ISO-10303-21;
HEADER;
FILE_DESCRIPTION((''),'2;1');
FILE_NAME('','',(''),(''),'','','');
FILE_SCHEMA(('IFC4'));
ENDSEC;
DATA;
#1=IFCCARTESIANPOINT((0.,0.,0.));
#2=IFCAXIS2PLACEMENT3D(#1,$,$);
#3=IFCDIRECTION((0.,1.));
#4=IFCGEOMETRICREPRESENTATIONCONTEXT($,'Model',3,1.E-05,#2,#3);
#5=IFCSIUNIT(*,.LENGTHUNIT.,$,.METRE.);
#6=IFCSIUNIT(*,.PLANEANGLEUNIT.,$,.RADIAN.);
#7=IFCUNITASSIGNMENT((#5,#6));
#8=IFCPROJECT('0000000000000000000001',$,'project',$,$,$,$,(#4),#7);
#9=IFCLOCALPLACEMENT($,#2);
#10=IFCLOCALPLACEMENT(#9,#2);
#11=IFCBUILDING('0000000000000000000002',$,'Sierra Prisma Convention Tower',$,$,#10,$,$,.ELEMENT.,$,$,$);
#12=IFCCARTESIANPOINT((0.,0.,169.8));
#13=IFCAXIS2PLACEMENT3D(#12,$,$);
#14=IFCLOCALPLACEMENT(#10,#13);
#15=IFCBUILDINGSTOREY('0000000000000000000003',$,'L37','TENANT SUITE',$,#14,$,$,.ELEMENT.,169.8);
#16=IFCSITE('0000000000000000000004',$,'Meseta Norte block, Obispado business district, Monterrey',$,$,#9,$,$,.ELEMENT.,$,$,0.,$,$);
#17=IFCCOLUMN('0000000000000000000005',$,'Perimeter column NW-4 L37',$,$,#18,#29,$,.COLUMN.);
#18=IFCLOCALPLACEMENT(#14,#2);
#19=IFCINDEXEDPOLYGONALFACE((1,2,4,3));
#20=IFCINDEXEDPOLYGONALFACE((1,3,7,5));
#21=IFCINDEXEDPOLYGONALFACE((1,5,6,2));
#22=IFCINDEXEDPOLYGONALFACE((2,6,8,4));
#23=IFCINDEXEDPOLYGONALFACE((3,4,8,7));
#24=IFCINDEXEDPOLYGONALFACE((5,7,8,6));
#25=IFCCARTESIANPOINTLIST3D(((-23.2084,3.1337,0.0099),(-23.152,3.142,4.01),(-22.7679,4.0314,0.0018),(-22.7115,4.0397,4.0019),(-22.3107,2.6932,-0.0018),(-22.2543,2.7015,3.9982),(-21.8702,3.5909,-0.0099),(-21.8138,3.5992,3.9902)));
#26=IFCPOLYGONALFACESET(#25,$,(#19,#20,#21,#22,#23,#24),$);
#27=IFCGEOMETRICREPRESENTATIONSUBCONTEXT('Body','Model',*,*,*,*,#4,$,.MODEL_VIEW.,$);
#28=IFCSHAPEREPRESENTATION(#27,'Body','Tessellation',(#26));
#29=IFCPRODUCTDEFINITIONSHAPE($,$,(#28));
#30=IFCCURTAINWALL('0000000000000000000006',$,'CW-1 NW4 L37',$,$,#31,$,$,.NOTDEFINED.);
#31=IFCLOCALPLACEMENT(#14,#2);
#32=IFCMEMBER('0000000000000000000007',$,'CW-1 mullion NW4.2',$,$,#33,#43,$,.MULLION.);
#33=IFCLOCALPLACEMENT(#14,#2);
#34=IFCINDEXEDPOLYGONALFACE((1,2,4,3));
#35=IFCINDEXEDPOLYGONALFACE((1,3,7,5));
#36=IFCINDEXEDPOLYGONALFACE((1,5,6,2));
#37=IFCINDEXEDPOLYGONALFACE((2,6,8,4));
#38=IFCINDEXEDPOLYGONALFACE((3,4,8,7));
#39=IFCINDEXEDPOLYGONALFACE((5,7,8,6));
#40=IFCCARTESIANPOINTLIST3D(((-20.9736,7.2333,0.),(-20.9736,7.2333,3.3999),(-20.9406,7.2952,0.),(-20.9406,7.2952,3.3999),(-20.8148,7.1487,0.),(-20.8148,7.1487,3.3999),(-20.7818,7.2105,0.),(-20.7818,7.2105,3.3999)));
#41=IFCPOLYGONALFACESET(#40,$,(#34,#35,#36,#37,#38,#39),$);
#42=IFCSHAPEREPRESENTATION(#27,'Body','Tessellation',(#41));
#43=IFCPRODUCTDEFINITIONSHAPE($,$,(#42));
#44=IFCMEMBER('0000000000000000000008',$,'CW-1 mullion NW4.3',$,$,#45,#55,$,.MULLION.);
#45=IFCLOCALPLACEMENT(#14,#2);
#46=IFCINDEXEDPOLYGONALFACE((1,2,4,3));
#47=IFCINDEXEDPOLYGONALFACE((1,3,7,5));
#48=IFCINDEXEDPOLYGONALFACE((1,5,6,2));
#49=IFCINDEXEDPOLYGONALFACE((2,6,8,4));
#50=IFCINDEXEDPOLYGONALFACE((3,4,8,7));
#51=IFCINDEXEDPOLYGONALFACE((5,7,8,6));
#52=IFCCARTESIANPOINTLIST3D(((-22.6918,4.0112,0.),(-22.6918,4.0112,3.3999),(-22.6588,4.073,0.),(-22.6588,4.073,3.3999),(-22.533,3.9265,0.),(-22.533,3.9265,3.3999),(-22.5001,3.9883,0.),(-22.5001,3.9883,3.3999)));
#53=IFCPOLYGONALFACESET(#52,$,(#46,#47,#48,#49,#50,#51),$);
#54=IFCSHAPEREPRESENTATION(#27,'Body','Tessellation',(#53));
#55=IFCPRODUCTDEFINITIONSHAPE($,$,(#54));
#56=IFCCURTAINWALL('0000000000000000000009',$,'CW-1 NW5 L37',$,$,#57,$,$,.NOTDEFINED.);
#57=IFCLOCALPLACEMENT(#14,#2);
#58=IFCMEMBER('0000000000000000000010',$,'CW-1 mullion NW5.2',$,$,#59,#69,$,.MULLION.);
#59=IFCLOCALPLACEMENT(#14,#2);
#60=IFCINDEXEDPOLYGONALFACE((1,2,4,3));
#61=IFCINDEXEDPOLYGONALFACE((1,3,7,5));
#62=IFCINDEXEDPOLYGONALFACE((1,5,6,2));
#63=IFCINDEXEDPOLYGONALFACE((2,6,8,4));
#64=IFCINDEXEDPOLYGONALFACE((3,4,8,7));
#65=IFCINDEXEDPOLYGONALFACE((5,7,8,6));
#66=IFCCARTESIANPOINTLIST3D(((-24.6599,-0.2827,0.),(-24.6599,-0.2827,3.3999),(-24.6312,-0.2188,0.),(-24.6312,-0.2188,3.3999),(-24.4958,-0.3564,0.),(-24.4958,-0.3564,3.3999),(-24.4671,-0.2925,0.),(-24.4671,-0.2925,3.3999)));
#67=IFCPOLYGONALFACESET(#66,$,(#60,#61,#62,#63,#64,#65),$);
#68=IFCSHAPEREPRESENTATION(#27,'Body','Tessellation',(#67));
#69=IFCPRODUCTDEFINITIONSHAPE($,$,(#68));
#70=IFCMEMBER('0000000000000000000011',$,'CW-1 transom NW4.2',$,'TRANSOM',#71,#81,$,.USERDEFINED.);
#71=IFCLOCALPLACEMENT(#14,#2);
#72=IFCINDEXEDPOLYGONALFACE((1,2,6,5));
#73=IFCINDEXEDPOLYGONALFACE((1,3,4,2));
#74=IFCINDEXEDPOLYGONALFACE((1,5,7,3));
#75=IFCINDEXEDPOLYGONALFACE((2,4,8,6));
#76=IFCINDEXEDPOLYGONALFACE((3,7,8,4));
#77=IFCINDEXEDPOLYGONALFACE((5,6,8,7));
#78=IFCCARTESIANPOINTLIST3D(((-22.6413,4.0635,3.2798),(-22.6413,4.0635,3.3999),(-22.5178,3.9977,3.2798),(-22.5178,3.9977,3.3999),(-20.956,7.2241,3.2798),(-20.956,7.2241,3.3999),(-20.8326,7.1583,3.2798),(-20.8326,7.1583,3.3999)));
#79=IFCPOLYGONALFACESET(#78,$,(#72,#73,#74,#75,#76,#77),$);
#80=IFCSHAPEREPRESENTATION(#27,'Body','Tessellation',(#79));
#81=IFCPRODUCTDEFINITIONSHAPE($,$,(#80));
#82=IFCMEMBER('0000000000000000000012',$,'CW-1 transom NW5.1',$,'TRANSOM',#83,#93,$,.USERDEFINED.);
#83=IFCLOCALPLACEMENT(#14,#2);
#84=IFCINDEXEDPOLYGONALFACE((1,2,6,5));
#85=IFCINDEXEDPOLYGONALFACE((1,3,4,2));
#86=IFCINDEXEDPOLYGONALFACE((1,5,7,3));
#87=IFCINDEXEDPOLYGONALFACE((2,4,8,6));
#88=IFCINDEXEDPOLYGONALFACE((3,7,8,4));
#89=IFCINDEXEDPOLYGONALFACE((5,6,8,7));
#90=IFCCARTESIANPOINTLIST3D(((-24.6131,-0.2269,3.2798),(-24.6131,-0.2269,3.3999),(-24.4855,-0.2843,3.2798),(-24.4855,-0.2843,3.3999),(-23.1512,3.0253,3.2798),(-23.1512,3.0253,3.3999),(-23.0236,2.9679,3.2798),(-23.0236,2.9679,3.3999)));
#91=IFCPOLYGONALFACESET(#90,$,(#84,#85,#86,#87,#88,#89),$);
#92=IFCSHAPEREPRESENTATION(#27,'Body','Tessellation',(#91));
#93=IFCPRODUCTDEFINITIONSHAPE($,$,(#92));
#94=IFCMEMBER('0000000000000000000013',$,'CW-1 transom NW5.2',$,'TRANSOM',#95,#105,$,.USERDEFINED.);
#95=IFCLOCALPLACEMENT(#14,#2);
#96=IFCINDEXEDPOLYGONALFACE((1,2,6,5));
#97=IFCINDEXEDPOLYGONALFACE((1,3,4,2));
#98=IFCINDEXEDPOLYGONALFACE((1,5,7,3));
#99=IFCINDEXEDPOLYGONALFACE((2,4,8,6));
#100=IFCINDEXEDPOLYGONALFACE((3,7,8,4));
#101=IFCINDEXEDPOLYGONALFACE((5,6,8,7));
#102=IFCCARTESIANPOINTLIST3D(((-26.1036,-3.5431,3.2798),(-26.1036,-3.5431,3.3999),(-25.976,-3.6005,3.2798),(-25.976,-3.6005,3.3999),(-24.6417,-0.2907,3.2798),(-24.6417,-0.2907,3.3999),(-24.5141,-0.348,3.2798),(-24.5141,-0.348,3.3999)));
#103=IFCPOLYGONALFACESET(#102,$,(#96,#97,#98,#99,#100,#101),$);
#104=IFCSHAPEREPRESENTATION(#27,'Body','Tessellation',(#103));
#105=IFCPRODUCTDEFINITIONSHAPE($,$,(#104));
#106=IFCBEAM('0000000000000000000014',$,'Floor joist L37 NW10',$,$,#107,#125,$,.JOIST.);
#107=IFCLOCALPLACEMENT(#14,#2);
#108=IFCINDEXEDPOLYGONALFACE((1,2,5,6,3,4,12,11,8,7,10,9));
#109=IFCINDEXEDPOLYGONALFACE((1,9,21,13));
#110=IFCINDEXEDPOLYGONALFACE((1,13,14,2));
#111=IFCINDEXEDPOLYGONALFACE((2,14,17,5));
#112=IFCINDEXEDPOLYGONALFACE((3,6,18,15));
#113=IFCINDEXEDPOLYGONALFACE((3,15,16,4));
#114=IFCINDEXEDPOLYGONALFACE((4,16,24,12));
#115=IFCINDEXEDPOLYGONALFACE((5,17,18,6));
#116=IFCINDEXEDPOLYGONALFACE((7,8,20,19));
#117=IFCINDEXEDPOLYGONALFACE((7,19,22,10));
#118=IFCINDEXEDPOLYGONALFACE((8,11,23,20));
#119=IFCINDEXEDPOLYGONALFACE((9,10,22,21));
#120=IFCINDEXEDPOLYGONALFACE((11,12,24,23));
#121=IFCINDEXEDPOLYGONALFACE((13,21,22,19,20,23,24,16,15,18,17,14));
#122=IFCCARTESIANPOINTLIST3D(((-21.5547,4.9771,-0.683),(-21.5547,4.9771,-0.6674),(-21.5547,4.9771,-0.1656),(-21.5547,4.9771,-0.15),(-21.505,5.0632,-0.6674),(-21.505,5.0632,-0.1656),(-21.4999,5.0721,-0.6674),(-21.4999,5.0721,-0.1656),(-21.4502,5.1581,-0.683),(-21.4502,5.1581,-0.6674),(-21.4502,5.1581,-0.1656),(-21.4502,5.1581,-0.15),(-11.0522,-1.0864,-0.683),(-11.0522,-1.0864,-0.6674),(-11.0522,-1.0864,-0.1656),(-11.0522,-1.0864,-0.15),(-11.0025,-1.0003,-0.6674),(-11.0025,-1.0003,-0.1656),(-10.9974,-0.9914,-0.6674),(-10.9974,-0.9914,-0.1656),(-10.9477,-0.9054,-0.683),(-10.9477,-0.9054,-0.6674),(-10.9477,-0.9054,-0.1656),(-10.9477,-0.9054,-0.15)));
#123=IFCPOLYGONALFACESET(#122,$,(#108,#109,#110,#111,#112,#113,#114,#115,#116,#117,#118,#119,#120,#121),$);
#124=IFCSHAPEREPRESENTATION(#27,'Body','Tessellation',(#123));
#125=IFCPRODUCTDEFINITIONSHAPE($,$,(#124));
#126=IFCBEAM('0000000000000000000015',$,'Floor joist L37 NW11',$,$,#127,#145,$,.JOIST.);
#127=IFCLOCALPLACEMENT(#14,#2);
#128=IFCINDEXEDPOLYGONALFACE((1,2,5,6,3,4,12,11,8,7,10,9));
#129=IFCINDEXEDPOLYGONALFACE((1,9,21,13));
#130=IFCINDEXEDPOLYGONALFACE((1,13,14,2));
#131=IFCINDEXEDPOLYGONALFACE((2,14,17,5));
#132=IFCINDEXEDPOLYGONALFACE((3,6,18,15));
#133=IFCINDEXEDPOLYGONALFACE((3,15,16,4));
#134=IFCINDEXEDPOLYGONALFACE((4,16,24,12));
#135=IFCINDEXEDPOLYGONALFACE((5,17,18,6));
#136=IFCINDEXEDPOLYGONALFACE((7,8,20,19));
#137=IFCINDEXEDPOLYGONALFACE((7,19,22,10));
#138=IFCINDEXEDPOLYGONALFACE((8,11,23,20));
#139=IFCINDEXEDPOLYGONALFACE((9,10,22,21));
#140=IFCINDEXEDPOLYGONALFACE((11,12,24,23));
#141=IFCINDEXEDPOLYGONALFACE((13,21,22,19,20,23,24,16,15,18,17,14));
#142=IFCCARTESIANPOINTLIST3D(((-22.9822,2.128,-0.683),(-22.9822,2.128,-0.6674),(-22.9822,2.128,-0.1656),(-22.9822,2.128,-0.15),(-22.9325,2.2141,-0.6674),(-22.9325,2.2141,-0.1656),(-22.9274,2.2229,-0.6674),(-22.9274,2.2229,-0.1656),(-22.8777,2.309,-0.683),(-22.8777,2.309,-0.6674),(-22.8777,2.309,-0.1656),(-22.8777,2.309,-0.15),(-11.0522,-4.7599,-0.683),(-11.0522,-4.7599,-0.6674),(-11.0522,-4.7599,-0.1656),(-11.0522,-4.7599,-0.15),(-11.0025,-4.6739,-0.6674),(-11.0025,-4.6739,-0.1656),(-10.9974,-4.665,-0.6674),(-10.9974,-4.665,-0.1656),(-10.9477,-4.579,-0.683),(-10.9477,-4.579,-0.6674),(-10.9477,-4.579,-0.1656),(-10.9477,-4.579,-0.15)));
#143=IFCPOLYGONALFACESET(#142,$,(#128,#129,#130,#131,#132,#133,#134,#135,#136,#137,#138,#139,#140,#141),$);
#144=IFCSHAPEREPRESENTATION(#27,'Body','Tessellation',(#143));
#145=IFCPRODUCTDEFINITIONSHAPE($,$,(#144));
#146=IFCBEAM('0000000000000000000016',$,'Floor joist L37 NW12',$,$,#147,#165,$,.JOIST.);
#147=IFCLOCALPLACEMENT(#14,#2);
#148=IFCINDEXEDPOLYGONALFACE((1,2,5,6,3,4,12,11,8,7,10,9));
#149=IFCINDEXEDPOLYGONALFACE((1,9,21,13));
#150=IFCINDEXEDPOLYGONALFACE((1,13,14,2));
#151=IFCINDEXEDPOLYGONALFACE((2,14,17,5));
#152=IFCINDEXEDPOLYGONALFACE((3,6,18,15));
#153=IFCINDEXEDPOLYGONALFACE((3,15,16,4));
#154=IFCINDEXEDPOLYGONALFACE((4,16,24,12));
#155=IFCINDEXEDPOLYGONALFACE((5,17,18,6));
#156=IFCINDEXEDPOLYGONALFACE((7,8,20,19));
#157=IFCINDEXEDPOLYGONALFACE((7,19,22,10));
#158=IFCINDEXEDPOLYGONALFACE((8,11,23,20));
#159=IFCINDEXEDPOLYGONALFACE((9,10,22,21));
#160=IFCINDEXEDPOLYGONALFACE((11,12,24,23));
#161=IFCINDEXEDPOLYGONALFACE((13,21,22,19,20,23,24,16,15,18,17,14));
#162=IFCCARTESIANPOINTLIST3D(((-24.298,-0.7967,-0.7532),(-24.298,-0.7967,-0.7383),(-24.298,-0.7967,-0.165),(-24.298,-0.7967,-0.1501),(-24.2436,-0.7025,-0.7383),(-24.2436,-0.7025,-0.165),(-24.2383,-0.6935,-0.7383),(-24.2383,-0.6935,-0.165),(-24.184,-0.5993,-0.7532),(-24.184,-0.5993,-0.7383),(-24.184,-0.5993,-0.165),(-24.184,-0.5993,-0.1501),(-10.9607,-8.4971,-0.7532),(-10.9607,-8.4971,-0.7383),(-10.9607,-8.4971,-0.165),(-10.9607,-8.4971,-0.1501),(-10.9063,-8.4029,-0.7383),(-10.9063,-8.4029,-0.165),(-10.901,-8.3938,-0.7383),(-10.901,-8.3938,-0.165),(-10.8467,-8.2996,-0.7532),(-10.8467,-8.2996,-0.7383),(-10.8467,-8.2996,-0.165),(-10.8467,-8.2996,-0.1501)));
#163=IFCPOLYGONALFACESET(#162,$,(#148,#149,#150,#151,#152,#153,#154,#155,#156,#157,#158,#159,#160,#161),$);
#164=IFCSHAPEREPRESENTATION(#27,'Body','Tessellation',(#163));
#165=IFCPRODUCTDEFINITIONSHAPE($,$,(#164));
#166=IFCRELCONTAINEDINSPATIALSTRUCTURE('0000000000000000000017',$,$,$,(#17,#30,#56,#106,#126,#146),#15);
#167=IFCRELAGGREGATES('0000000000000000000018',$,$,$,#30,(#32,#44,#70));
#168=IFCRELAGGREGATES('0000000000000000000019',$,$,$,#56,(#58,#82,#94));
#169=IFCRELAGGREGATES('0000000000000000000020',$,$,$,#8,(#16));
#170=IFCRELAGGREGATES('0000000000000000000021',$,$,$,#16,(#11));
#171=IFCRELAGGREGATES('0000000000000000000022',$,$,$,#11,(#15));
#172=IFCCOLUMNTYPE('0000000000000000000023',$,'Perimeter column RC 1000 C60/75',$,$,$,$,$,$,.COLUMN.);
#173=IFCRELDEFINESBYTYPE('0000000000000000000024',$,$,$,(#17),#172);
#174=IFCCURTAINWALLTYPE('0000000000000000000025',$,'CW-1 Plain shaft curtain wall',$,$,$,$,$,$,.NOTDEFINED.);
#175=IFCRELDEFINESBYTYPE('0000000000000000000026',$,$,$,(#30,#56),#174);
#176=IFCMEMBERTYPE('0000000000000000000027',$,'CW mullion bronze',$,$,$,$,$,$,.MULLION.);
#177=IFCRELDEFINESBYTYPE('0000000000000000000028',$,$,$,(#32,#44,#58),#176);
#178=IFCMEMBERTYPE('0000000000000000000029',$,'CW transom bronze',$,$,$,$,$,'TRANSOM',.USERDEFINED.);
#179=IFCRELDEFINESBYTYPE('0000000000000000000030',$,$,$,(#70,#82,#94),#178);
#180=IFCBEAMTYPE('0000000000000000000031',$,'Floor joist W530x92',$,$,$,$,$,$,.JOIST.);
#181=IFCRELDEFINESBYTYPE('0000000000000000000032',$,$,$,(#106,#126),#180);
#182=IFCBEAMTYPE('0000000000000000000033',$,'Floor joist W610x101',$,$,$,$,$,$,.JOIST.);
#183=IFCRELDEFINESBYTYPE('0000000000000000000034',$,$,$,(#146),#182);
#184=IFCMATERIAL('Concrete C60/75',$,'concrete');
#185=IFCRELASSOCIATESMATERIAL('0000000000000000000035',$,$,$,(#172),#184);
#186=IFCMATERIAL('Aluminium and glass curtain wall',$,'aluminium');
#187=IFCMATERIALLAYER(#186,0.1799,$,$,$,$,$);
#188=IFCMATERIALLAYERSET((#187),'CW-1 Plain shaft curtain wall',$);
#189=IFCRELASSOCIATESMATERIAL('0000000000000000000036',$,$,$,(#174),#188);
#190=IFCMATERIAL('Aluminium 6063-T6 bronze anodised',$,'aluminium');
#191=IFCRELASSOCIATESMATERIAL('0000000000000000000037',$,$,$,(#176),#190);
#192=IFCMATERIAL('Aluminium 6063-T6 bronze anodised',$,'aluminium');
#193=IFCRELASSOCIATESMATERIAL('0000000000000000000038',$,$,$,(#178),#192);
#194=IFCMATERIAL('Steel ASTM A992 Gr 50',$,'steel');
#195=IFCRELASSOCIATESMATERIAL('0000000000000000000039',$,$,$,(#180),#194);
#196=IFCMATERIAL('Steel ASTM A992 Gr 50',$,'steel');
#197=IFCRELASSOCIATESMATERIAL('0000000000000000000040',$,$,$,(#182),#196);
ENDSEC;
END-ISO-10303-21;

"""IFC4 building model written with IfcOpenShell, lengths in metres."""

from ifc_helpers import new_model, si_unit, direction, frame, origin, origin_2d, place, context, subcontext, project, spatial, rectangle, i_section, extrude, material, layer, layer_set, material_profile, profile_set, type_object, element, aggregate, save


model = new_model("IFC4")

# Units and contexts
model_context = context("Model", 3, precision=1e-05, world=origin(), true_north=direction((0.0, 1.0)))
body_context = subcontext(model_context, "Body", "Model", "MODEL_VIEW")
ifc_project = project(units=[si_unit("LENGTHUNIT", "METRE"), si_unit("PLANEANGLEUNIT", "RADIAN")], contexts=[model_context])

# Site, building, storey
site_placement = place(None, origin())
site = spatial("IfcSite", under=ifc_project, at=site_placement, Name="Meseta Norte block, Obispado business district, Monterrey", CompositionType="ELEMENT", RefElevation=0.0)
building_placement = place(site_placement, origin())
building = spatial("IfcBuilding", under=site, at=building_placement, Name="Sierra Prisma Convention Tower", CompositionType="ELEMENT")
storey_placement = place(building_placement, frame((0.0, 0.0, 169.8)))
storey = spatial("IfcBuildingStorey", under=building, at=storey_placement, Name="L37", Description="TENANT SUITE", CompositionType="ELEMENT", Elevation=169.8)

# Column
ifc_material_1 = material(Name="Concrete C60/75", Category="concrete")
ifc_material_profile_1 = material_profile(ifc_material_1, rectangle(XDim=1.0, YDim=1.0, at=origin_2d()), Name="Perimeter column RC 1000 C60/75")
ifc_profile_set_1 = profile_set([ifc_material_profile_1], Name="Concrete C60/75")
column_type = type_object("IfcColumnType", Name="Perimeter column RC 1000 C60/75", PredefinedType="COLUMN", material=ifc_profile_set_1)
column_placement = place(storey_placement, frame((-22.5393, 3.3623, 0.0), z_axis=(0.014098, 0.002075, 0.999898), x_axis=(0.440458, 0.897737, -0.008073)))
element("IfcColumn", 1, at=column_placement, inside=storey, type_object=column_type, Name="Perimeter column NW-4 L37", PredefinedType="COLUMN", context=body_context, shape_type="SweptSolid", body=[
    extrude(rectangle(XDim=1.0, YDim=1.0, at=origin_2d()), origin(), (0.0, 0.0, 1.0), 4.0005),
])

# Curtain wall, members
ifc_material_2 = material(Name="Aluminium and glass curtain wall", Category="aluminium")
ifc_layer_1 = layer(ifc_material_2, 0.1799)
ifc_layer_set_1 = layer_set([ifc_layer_1], Name="CW-1 Plain shaft curtain wall")
curtain_wall_type = type_object("IfcCurtainWallType", Name="CW-1 Plain shaft curtain wall", PredefinedType="NOTDEFINED", material=ifc_layer_set_1)
curtain_wall_1_placement = place(storey_placement, origin())
curtain_wall_1 = element("IfcCurtainWall", 2, at=curtain_wall_1_placement, inside=storey, type_object=curtain_wall_type, Name="CW-1 NW4 L37", PredefinedType="NOTDEFINED")
ifc_material_3 = material(Name="Aluminium 6063-T6 bronze anodised", Category="aluminium")
ifc_material_profile_2 = material_profile(ifc_material_3, rectangle(XDim=0.1799, YDim=0.0701, at=origin_2d()), Name="ALU MULLION 70x180")
ifc_profile_set_2 = profile_set([ifc_material_profile_2], Name="Aluminium 6063-T6 bronze anodised")
member_type_1 = type_object("IfcMemberType", Name="CW mullion bronze", PredefinedType="MULLION", material=ifc_profile_set_2)
member_1_placement = place(storey_placement, frame((-20.8777, 7.2219, 0.0), z_axis=(0.0, 0.0, 1.0), x_axis=(0.88239, -0.470518, 0.0)))
member_1 = element("IfcMember", 3, at=member_1_placement, type_object=member_type_1, Name="CW-1 mullion NW4.2", PredefinedType="MULLION", context=body_context, shape_type="SweptSolid", body=[
    extrude(rectangle(XDim=0.1799, YDim=0.0701, at=origin_2d()), origin(), (0.0, 0.0, 1.0), 3.3999),
])
member_2_placement = place(storey_placement, frame((-22.5959, 3.9998, 0.0), z_axis=(0.0, 0.0, 1.0), x_axis=(0.88239, -0.470518, 0.0)))
member_2 = element("IfcMember", 4, at=member_2_placement, type_object=member_type_1, Name="CW-1 mullion NW4.3", PredefinedType="MULLION", context=body_context, shape_type="SweptSolid", body=[
    extrude(rectangle(XDim=0.1799, YDim=0.0701, at=origin_2d()), origin(), (0.0, 0.0, 1.0), 3.3999),
])

# Curtain wall, member
curtain_wall_2_placement = place(storey_placement, origin())
curtain_wall_2 = element("IfcCurtainWall", 5, at=curtain_wall_2_placement, inside=storey, type_object=curtain_wall_type, Name="CW-1 NW5 L37", PredefinedType="NOTDEFINED")
member_3_placement = place(storey_placement, frame((-24.5635, -0.2876, 0.0), z_axis=(0.0, 0.0, 1.0), x_axis=(0.912092, -0.409985, 0.0)))
member_3 = element("IfcMember", 6, at=member_3_placement, type_object=member_type_1, Name="CW-1 mullion NW5.2", PredefinedType="MULLION", context=body_context, shape_type="SweptSolid", body=[
    extrude(rectangle(XDim=0.1799, YDim=0.0701, at=origin_2d()), origin(), (0.0, 0.0, 1.0), 3.3999),
])

# Members
ifc_material_4 = material(Name="Aluminium 6063-T6 bronze anodised", Category="aluminium")
ifc_material_profile_3 = material_profile(ifc_material_4, rectangle(XDim=0.1399, YDim=0.1201, at=origin_2d()), Name="ALU TRANSOM 120x140")
ifc_profile_set_3 = profile_set([ifc_material_profile_3], Name="Aluminium 6063-T6 bronze anodised")
member_type_2 = type_object("IfcMemberType", Name="CW transom bronze", ElementType="TRANSOM", PredefinedType="USERDEFINED", material=ifc_profile_set_3)
member_4_placement = place(storey_placement, frame((-20.8943, 7.1912, 3.3398), z_axis=(-0.470507, -0.882396, 0.0), x_axis=(0.882396, -0.470507, 0.0)))
member_4 = element("IfcMember", 7, at=member_4_placement, type_object=member_type_2, Name="CW-1 transom NW4.2", ObjectType="TRANSOM", PredefinedType="USERDEFINED", context=body_context, shape_type="SweptSolid", body=[
    extrude(rectangle(XDim=0.1399, YDim=0.1201, at=origin_2d()), origin(), (0.0, 0.0, 1.0), 3.5818),
])
member_5_placement = place(storey_placement, frame((-23.0874, 2.9966, 3.3398), z_axis=(-0.409997, -0.912087, 0.0), x_axis=(0.912087, -0.409997, 0.0)))
member_5 = element("IfcMember", 8, at=member_5_placement, type_object=member_type_2, Name="CW-1 transom NW5.1", ObjectType="TRANSOM", PredefinedType="USERDEFINED", context=body_context, shape_type="SweptSolid", body=[
    extrude(rectangle(XDim=0.1399, YDim=0.1201, at=origin_2d()), origin(), (0.0, 0.0, 1.0), 3.5657),
])
member_6_placement = place(storey_placement, frame((-24.5779, -0.3193, 3.3398), z_axis=(-0.409972, -0.912098, 0.0), x_axis=(0.912098, -0.409972, 0.0)))
member_6 = element("IfcMember", 9, at=member_6_placement, type_object=member_type_2, Name="CW-1 transom NW5.2", ObjectType="TRANSOM", PredefinedType="USERDEFINED", context=body_context, shape_type="SweptSolid", body=[
    extrude(rectangle(XDim=0.1399, YDim=0.1201, at=origin_2d()), origin(), (0.0, 0.0, 1.0), 3.5659),
])

# Beams
ifc_material_5 = material(Name="Steel ASTM A992 Gr 50", Category="steel")
ifc_material_profile_4 = material_profile(ifc_material_5, i_section(OverallWidth=0.209, OverallDepth=0.533, WebThickness=0.0103, FlangeThickness=0.0156, at=origin_2d()), Name="W530x92")
ifc_profile_set_4 = profile_set([ifc_material_profile_4], Name="Steel ASTM A992 Gr 50")
beam_type_1 = type_object("IfcBeamType", Name="Floor joist W530x92", PredefinedType="JOIST", material=ifc_profile_set_4)
beam_1_placement = place(storey_placement, frame((-21.5024, 5.0676, -0.4165), z_axis=(0.866029, -0.499993, 0.0), x_axis=(0.499993, 0.866029, 0.0)))
element("IfcBeam", 10, at=beam_1_placement, inside=storey, type_object=beam_type_1, Name="Floor joist L37 NW10", PredefinedType="JOIST", context=body_context, shape_type="SweptSolid", body=[
    extrude(i_section(OverallWidth=0.209, OverallDepth=0.533, WebThickness=0.0103, FlangeThickness=0.0156, at=origin_2d()), origin(), (0.0, 0.0, 1.0), 12.1272),
])
beam_2_placement = place(storey_placement, frame((-22.9299, 2.2185, -0.4165), z_axis=(0.866019, -0.50001, 0.0), x_axis=(0.50001, 0.866019, 0.0)))
element("IfcBeam", 11, at=beam_2_placement, inside=storey, type_object=beam_type_1, Name="Floor joist L37 NW11", PredefinedType="JOIST", context=body_context, shape_type="SweptSolid", body=[
    extrude(i_section(OverallWidth=0.209, OverallDepth=0.533, WebThickness=0.0103, FlangeThickness=0.0156, at=origin_2d()), origin(), (0.0, 0.0, 1.0), 13.7756),
])
ifc_material_6 = material(Name="Steel ASTM A992 Gr 50", Category="steel")
ifc_material_profile_5 = material_profile(ifc_material_6, i_section(OverallWidth=0.228, OverallDepth=0.603, WebThickness=0.0105, FlangeThickness=0.0149, at=origin_2d()), Name="W610x101")
ifc_profile_set_5 = profile_set([ifc_material_profile_5], Name="Steel ASTM A992 Gr 50")
beam_type_2 = type_object("IfcBeamType", Name="Floor joist W610x101", PredefinedType="JOIST", material=ifc_profile_set_5)
beam_3_placement = place(storey_placement, frame((-24.241, -0.698, -0.4517), z_axis=(0.866023, -0.500004, 0.0), x_axis=(0.500004, 0.866023, 0.0)))
element("IfcBeam", 12, at=beam_3_placement, inside=storey, type_object=beam_type_2, Name="Floor joist L37 NW12", PredefinedType="JOIST", context=body_context, shape_type="SweptSolid", body=[
    extrude(i_section(OverallWidth=0.228, OverallDepth=0.603, WebThickness=0.0105, FlangeThickness=0.0149, at=origin_2d()), origin(), (0.0, 0.0, 1.0), 15.4006),
])

aggregate(curtain_wall_1, [member_1, member_2, member_4])
aggregate(curtain_wall_2, [member_3, member_5, member_6])

save(model, "model.ifc")
